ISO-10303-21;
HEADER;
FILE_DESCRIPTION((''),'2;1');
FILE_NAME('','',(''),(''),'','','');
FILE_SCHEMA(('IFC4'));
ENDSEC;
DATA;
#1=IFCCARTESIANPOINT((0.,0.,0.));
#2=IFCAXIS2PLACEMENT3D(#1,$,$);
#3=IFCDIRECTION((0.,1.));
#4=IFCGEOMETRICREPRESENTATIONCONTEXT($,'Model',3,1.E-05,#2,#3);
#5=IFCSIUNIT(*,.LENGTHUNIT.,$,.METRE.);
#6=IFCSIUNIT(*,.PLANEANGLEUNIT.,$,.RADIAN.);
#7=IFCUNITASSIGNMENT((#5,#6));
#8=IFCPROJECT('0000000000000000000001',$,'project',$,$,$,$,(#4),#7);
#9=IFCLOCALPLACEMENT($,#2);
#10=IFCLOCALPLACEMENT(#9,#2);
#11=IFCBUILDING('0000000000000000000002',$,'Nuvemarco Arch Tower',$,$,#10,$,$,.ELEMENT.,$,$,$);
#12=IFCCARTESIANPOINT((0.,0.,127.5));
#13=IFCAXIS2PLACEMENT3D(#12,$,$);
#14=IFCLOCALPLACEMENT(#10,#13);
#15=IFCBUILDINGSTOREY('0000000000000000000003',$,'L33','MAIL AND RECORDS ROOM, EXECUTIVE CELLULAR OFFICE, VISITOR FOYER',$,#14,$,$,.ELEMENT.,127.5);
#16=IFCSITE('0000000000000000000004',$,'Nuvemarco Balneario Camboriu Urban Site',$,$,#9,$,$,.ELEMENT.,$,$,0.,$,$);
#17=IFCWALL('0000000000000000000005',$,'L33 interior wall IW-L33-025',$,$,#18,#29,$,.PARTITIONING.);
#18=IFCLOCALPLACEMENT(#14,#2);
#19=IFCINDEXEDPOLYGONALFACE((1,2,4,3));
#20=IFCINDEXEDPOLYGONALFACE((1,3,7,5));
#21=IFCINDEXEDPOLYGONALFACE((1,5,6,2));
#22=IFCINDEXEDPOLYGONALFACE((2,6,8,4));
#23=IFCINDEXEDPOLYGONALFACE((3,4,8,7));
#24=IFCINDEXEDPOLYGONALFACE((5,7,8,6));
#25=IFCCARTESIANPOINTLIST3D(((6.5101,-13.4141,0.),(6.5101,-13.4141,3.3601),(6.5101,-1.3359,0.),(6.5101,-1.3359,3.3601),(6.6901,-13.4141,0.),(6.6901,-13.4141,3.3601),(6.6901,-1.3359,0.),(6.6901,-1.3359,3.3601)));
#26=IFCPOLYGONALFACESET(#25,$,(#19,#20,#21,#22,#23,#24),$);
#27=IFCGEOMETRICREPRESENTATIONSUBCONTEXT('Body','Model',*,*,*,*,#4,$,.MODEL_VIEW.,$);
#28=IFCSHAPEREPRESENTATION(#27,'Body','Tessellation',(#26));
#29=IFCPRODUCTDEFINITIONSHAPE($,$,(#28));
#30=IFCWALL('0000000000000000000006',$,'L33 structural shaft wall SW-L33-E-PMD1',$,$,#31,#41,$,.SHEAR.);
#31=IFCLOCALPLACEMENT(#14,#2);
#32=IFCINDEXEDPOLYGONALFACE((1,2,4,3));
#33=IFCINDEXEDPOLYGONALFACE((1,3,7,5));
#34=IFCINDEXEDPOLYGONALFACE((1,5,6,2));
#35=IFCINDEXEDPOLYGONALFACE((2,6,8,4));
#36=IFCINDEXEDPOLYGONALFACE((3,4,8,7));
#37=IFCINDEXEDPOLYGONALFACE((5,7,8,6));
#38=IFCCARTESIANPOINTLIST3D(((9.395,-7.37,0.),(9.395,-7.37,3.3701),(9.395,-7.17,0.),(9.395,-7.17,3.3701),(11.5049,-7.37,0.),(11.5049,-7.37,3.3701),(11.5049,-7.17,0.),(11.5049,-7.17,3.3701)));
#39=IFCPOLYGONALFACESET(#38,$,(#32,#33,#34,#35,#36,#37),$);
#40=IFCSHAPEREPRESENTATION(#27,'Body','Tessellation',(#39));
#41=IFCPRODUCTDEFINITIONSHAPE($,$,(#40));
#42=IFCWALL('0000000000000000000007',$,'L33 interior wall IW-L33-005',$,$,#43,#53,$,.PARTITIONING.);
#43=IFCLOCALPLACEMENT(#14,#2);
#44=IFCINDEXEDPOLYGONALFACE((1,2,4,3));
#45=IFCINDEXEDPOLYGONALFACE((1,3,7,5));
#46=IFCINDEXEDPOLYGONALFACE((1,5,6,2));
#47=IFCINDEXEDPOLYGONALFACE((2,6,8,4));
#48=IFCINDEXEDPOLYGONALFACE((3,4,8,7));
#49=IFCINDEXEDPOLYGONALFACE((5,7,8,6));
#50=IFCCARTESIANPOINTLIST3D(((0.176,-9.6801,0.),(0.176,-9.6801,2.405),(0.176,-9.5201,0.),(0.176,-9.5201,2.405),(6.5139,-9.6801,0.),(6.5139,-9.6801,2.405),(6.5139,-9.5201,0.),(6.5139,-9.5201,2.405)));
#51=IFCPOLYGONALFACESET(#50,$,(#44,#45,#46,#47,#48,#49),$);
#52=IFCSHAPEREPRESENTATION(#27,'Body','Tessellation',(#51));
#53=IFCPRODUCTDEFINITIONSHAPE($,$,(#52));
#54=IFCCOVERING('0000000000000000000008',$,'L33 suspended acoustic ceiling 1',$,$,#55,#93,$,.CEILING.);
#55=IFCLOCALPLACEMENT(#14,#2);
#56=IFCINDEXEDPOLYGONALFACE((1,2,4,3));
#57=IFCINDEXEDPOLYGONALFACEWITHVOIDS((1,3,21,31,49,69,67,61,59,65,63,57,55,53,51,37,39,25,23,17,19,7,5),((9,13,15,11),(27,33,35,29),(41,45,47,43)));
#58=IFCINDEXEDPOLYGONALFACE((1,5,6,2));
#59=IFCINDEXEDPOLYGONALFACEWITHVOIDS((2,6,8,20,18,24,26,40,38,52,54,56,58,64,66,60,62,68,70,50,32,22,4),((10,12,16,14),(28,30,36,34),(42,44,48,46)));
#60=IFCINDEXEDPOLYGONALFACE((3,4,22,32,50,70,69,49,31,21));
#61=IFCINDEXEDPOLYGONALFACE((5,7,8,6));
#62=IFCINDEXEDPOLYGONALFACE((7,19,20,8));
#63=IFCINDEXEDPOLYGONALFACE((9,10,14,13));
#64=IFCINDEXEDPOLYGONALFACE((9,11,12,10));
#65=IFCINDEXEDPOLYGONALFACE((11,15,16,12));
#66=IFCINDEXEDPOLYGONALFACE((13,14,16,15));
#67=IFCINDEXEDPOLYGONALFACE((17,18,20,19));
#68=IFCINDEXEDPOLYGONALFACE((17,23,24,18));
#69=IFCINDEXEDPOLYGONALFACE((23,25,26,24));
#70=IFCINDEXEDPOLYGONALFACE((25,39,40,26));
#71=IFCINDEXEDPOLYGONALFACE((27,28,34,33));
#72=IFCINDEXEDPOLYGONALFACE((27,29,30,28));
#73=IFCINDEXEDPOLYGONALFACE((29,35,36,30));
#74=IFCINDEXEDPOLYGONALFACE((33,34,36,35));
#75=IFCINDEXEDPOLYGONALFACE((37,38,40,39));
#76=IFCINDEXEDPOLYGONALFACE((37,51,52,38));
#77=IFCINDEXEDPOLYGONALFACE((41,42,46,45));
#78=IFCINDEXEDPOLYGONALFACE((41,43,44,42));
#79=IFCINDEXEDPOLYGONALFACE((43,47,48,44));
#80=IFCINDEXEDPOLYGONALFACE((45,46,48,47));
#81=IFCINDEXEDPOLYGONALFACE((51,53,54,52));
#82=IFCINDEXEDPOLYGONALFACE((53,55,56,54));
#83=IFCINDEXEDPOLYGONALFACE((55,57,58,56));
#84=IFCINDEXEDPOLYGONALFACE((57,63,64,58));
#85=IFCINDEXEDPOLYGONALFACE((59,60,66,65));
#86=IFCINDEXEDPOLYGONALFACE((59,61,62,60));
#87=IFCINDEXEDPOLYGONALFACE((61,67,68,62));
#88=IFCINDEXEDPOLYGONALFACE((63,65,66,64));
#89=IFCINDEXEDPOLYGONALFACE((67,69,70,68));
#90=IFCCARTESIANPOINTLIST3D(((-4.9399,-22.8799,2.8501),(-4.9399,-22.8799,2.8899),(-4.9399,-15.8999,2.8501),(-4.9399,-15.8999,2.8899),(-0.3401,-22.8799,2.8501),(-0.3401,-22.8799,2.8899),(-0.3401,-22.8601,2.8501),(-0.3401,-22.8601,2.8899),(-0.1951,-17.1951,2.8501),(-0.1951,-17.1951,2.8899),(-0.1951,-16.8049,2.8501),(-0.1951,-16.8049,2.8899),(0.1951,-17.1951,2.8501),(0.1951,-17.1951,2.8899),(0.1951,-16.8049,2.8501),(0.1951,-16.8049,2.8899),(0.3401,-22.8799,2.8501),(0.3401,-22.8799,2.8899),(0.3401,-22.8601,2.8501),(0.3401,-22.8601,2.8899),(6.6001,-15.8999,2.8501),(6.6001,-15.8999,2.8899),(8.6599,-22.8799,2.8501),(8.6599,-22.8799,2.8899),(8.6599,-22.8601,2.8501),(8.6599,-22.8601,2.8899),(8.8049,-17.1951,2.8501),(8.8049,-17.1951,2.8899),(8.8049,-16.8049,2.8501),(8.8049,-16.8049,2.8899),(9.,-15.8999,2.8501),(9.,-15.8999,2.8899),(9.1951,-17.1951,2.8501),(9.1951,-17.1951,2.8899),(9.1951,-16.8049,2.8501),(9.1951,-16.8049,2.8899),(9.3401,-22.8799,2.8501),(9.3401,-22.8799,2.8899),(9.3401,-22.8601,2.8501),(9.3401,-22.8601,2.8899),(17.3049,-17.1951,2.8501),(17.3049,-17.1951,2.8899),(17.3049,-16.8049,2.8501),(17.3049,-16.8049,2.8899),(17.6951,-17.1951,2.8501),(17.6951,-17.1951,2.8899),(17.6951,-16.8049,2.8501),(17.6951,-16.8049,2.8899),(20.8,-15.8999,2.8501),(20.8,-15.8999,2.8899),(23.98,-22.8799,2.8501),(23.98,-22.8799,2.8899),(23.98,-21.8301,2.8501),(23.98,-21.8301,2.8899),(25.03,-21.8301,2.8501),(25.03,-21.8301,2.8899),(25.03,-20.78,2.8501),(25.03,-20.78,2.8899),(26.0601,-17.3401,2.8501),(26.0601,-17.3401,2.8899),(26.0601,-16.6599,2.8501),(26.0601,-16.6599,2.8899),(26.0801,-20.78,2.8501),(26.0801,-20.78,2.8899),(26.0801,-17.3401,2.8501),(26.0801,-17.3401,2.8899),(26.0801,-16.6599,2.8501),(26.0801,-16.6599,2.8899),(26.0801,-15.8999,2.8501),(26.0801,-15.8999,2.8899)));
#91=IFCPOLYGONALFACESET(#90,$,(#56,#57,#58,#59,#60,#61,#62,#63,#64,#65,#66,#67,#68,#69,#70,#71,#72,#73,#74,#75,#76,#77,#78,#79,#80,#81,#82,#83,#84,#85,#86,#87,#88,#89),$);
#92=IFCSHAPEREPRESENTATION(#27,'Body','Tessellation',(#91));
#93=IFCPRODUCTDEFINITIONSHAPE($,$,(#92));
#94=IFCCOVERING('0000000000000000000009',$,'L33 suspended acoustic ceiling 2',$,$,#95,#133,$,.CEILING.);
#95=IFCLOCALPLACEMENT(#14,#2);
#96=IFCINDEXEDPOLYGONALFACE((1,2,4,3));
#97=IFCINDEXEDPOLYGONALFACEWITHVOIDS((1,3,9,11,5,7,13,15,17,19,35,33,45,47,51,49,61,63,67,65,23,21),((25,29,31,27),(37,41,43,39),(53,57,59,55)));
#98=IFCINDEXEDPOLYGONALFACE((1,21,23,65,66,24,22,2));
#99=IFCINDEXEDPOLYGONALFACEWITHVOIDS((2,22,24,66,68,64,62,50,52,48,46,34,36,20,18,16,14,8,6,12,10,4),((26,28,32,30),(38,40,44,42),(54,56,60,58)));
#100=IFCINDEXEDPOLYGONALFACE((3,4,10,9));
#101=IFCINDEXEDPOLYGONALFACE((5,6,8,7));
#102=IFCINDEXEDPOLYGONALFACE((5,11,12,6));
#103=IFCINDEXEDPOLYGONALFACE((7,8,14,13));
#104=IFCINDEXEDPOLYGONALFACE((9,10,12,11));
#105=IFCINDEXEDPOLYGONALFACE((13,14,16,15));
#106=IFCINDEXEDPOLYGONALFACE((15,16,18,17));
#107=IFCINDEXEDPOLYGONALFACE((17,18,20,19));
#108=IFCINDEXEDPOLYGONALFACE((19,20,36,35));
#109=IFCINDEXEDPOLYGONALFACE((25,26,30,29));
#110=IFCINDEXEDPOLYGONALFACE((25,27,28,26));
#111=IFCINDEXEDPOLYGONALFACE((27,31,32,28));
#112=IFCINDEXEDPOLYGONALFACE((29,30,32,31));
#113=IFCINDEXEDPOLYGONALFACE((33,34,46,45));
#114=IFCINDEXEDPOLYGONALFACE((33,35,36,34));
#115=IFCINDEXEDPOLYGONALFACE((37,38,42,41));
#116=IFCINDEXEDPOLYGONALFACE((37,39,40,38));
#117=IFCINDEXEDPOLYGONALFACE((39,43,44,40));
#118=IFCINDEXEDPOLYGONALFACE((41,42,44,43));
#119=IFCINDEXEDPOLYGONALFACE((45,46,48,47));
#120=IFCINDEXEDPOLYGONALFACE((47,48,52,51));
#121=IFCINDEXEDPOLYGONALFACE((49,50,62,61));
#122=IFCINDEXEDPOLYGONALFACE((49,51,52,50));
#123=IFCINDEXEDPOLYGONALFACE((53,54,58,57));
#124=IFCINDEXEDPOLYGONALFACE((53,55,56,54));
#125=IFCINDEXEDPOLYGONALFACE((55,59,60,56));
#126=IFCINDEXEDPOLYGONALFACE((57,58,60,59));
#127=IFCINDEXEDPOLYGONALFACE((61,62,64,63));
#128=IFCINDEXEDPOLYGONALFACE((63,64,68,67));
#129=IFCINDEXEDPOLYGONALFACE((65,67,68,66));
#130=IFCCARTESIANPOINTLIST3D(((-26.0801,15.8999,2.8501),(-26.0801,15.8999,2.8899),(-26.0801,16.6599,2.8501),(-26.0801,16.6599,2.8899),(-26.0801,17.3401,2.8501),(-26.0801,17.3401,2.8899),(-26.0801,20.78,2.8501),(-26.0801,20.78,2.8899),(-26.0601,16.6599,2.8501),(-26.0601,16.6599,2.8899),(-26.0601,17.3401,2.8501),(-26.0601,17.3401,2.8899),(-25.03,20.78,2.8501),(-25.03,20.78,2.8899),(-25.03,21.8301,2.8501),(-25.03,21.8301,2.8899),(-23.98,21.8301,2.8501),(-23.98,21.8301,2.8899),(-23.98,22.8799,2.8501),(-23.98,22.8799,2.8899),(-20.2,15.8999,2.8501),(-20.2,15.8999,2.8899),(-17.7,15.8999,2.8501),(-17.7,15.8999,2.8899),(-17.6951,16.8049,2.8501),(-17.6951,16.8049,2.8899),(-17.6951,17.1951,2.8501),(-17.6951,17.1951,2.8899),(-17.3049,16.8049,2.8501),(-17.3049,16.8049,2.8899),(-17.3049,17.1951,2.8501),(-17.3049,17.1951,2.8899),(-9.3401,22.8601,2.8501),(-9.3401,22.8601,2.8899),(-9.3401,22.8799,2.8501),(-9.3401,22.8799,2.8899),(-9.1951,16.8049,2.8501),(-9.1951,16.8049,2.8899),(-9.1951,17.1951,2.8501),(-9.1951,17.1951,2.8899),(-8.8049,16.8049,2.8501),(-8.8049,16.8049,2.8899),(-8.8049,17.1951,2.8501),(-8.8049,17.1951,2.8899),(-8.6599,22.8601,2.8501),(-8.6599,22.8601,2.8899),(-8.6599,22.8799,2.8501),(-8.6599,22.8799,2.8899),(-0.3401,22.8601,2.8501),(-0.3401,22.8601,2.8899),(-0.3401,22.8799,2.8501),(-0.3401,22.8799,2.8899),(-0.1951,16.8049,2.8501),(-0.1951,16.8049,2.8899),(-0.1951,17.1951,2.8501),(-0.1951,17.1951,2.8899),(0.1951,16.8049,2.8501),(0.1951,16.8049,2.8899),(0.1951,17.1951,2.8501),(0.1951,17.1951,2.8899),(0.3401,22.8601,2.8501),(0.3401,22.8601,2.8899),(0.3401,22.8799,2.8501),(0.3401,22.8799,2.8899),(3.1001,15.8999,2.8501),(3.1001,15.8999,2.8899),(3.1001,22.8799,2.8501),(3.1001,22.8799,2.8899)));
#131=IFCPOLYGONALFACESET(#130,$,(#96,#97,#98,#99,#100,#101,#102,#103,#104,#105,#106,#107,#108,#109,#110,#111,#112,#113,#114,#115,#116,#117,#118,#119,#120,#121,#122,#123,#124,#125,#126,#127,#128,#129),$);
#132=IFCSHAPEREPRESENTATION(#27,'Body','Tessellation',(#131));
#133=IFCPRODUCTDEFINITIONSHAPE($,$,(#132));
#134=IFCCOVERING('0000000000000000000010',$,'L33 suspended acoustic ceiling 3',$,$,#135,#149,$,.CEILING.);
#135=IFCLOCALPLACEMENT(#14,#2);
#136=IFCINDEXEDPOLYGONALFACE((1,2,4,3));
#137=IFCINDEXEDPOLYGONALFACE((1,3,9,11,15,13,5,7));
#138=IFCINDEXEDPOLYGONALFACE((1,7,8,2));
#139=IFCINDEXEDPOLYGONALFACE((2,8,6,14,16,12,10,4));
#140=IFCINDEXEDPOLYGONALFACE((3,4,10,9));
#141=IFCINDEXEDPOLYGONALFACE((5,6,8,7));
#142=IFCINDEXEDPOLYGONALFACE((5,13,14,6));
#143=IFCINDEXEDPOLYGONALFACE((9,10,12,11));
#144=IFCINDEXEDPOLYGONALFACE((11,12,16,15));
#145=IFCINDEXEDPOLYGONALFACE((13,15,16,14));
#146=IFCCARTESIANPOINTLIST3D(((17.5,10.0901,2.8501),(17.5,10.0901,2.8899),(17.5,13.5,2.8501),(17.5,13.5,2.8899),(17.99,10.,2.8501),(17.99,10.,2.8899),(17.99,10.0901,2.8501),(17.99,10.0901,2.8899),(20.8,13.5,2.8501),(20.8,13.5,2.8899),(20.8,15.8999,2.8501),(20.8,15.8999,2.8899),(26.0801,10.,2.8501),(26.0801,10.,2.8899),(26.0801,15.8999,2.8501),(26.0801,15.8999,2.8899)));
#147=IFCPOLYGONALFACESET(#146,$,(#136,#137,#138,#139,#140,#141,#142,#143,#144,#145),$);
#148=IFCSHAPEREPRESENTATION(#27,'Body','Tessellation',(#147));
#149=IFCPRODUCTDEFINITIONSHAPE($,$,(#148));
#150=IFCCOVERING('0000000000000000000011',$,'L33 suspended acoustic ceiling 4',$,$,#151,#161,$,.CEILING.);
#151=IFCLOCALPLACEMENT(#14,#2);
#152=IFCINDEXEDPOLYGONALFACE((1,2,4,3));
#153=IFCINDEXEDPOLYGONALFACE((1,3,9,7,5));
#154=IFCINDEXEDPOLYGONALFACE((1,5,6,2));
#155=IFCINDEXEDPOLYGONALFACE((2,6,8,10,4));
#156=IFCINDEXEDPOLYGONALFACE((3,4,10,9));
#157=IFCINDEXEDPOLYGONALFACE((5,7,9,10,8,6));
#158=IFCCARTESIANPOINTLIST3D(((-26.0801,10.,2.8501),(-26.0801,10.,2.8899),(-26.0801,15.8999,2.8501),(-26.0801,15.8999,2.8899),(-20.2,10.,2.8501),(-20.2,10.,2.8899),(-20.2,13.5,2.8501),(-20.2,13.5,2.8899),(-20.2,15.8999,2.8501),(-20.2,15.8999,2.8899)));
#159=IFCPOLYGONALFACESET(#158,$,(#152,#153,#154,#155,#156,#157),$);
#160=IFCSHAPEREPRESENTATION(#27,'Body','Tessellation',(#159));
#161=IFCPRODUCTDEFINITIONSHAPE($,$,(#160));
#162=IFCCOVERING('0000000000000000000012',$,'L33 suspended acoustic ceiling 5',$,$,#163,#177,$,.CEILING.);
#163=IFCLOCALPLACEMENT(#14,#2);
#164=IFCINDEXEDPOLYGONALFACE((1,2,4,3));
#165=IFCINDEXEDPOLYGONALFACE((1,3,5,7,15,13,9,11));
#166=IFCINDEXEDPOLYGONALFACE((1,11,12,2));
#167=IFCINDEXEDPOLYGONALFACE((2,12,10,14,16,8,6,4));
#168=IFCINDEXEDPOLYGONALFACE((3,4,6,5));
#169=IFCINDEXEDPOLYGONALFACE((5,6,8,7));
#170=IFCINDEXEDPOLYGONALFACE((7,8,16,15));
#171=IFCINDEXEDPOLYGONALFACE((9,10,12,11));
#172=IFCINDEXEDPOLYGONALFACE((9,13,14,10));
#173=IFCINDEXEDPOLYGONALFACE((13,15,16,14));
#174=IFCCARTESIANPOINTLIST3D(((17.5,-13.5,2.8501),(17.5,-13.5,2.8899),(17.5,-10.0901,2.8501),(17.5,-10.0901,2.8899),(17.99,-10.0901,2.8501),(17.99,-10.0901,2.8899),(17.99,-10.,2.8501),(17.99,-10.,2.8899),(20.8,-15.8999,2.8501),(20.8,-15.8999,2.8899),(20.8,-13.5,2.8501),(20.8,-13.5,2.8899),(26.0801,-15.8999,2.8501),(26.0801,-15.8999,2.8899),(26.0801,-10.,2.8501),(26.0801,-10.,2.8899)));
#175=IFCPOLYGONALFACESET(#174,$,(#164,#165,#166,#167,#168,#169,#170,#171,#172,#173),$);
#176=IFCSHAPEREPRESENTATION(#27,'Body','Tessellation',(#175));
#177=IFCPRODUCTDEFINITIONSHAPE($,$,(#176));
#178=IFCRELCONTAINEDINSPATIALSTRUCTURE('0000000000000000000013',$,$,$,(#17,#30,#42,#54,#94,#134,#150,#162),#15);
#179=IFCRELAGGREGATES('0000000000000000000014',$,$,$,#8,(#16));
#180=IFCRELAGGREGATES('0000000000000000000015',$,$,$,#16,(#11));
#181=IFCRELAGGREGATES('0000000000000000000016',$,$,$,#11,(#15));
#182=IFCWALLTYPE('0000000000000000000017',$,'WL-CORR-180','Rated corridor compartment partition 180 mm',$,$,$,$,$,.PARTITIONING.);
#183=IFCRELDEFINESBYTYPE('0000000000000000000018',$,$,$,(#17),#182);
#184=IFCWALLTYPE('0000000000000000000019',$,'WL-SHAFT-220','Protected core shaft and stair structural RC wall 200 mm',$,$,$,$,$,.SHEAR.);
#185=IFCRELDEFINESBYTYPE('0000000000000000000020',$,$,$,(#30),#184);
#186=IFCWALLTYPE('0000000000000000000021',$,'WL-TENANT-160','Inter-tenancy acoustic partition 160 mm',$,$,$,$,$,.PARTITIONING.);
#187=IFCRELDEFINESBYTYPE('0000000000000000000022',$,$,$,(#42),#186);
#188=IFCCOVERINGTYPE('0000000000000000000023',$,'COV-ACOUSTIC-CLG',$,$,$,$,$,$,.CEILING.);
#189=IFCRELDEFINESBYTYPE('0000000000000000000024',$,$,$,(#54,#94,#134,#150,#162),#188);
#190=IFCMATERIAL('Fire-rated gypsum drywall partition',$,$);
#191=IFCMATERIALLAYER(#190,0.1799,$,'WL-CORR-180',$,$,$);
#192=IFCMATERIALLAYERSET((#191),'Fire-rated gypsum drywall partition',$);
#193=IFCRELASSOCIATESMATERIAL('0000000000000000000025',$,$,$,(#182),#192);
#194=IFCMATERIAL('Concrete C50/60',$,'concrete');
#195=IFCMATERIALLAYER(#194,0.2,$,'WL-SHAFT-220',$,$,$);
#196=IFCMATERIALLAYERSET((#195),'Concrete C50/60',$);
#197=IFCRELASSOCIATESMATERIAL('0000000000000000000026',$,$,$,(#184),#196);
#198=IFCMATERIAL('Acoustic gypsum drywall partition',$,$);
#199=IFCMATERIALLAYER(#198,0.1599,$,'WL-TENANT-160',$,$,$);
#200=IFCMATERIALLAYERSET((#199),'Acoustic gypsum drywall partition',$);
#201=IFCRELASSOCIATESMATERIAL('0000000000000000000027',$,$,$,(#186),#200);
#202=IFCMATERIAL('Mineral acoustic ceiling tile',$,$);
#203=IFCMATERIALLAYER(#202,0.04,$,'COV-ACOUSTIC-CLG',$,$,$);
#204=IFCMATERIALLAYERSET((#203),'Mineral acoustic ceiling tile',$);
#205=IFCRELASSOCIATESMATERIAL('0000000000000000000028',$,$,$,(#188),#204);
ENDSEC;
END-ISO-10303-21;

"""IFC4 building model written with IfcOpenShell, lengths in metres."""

from ifc_helpers import new_model, si_unit, direction, frame, frame_2d, origin, place, context, subcontext, project, spatial, polyline, rectangle, outline, extrude, material, layer, layer_set, type_object, element, save


model = new_model("IFC4")

# Units and contexts
model_context = context("Model", 3, precision=1e-05, world=origin(), true_north=direction((0.0, 1.0)))
body_context = subcontext(model_context, "Body", "Model", "MODEL_VIEW")
ifc_project = project(units=[si_unit("LENGTHUNIT", "METRE"), si_unit("PLANEANGLEUNIT", "RADIAN")], contexts=[model_context])

# Site, building, storey
site_placement = place(None, origin())
site = spatial("IfcSite", under=ifc_project, at=site_placement, Name="Nuvemarco Balneario Camboriu Urban Site", CompositionType="ELEMENT", RefElevation=0.0)
building_placement = place(site_placement, origin())
building = spatial("IfcBuilding", under=site, at=building_placement, Name="Nuvemarco Arch Tower", CompositionType="ELEMENT")
storey_placement = place(building_placement, frame((0.0, 0.0, 127.5)))
storey = spatial("IfcBuildingStorey", under=building, at=storey_placement, Name="L33", Description="MAIL AND RECORDS ROOM, EXECUTIVE CELLULAR OFFICE, VISITOR FOYER", CompositionType="ELEMENT", Elevation=127.5)

# Shared definitions
ifc_material_1 = material(Name="Concrete C50/60", Category="concrete")

# Walls
ifc_material_2 = material(Name="Fire-rated gypsum drywall partition")
ifc_layer_1 = layer(ifc_material_2, 0.1799, Name="WL-CORR-180")
ifc_layer_set_1 = layer_set([ifc_layer_1], Name="Fire-rated gypsum drywall partition")
wall_type_1 = type_object("IfcWallType", Name="WL-CORR-180", Description="Rated corridor compartment partition 180 mm", PredefinedType="PARTITIONING", material=ifc_layer_set_1)
wall_1_placement = place(storey_placement, frame((6.6001, -13.4141, 0.0), z_axis=(0.0, 0.0, 1.0), x_axis=(0.0, 1.0, 0.0)))
element("IfcWall", 1, at=wall_1_placement, inside=storey, type_object=wall_type_1, Name="L33 interior wall IW-L33-025", PredefinedType="PARTITIONING", context=body_context, shape_type="SweptSolid", body=[
    extrude(rectangle(XDim=12.0781, YDim=0.1799, at=frame_2d((6.0391, 0.0))), origin(), (0.0, 0.0, 1.0), 3.3601),
])
ifc_layer_2 = layer(ifc_material_1, 0.2, Name="WL-SHAFT-220")
ifc_layer_set_2 = layer_set([ifc_layer_2], Name="Concrete C50/60")
wall_type_2 = type_object("IfcWallType", Name="WL-SHAFT-220", Description="Protected core shaft and stair structural RC wall 200 mm", PredefinedType="SHEAR", material=ifc_layer_set_2)
wall_2_placement = place(storey_placement, frame((9.395, -7.27, 0.0), z_axis=(0.0, 0.0, 1.0), x_axis=(1.0, 0.0, 0.0)))
element("IfcWall", 2, at=wall_2_placement, inside=storey, type_object=wall_type_2, Name="L33 structural shaft wall SW-L33-E-PMD1", PredefinedType="SHEAR", context=body_context, shape_type="SweptSolid", body=[
    extrude(rectangle(XDim=2.1099, YDim=0.2, at=frame_2d((1.0549, 0.0))), origin(), (0.0, 0.0, 1.0), 3.3701),
])
ifc_material_3 = material(Name="Acoustic gypsum drywall partition")
ifc_layer_3 = layer(ifc_material_3, 0.1599, Name="WL-TENANT-160")
ifc_layer_set_3 = layer_set([ifc_layer_3], Name="Acoustic gypsum drywall partition")
wall_type_3 = type_object("IfcWallType", Name="WL-TENANT-160", Description="Inter-tenancy acoustic partition 160 mm", PredefinedType="PARTITIONING", material=ifc_layer_set_3)
wall_3_placement = place(storey_placement, frame((0.176, -9.6001, 0.0), z_axis=(0.0, 0.0, 1.0), x_axis=(1.0, 0.0, 0.0)))
element("IfcWall", 3, at=wall_3_placement, inside=storey, type_object=wall_type_3, Name="L33 interior wall IW-L33-005", PredefinedType="PARTITIONING", context=body_context, shape_type="SweptSolid", body=[
    extrude(rectangle(XDim=6.3379, YDim=0.1599, at=frame_2d((3.1689, 0.0))), origin(), (0.0, 0.0, 1.0), 2.405),
])

# Coverings
ifc_material_4 = material(Name="Mineral acoustic ceiling tile")
ifc_layer_4 = layer(ifc_material_4, 0.04, Name="COV-ACOUSTIC-CLG")
ifc_layer_set_4 = layer_set([ifc_layer_4], Name="Mineral acoustic ceiling tile")
covering_type = type_object("IfcCoveringType", Name="COV-ACOUSTIC-CLG", PredefinedType="CEILING", material=ifc_layer_set_4)
covering_1_placement = place(storey_placement, frame((0.0, 0.0, 2.8501)))
element("IfcCovering", 4, at=covering_1_placement, inside=storey, type_object=covering_type, Name="L33 suspended acoustic ceiling 1", PredefinedType="CEILING", context=body_context, shape_type="SweptSolid", body=[
    extrude(outline(polyline([(23.98, -22.8799), (9.3401, -22.8799), (9.3401, -22.8601), (8.6599, -22.8601), (8.6599, -22.8799), (0.3401, -22.8799), (0.3401, -22.8601), (-0.3401, -22.8601), (-0.3401, -22.8799), (-4.9399, -22.8799), (-4.9399, -15.8999), (6.6001, -15.8999), (9.0, -15.8999), (20.8, -15.8999), (26.0801, -15.8999), (26.0801, -16.6599), (26.0601, -16.6599), (26.0601, -17.3401), (26.0801, -17.3401), (26.0801, -20.78), (25.03, -20.78), (25.03, -21.8301), (23.98, -21.8301), (23.98, -22.8799)]), holes=[polyline([(0.1951, -17.1951), (0.1951, -16.8049), (-0.1951, -16.8049), (-0.1951, -17.1951), (0.1951, -17.1951)]), polyline([(9.1951, -17.1951), (9.1951, -16.8049), (8.8049, -16.8049), (8.8049, -17.1951), (9.1951, -17.1951)]), polyline([(17.6951, -17.1951), (17.6951, -16.8049), (17.3049, -16.8049), (17.3049, -17.1951), (17.6951, -17.1951)])]), origin(), (0.0, 0.0, 1.0), 0.0398),
])
covering_2_placement = place(storey_placement, frame((0.0, 0.0, 2.8501)))
element("IfcCovering", 5, at=covering_2_placement, inside=storey, type_object=covering_type, Name="L33 suspended acoustic ceiling 2", PredefinedType="CEILING", context=body_context, shape_type="SweptSolid", body=[
    extrude(outline(polyline([(-26.0601, 16.6599), (-26.0601, 17.3401), (-26.0801, 17.3401), (-26.0801, 20.78), (-25.03, 20.78), (-25.03, 21.8301), (-23.98, 21.8301), (-23.98, 22.8799), (-9.3401, 22.8799), (-9.3401, 22.8601), (-8.6599, 22.8601), (-8.6599, 22.8799), (-0.3401, 22.8799), (-0.3401, 22.8601), (0.3401, 22.8601), (0.3401, 22.8799), (3.1001, 22.8799), (3.1001, 15.8999), (-17.7, 15.8999), (-20.2, 15.8999), (-26.0801, 15.8999), (-26.0801, 16.6599), (-26.0601, 16.6599)]), holes=[polyline([(-17.3049, 16.8049), (-17.3049, 17.1951), (-17.6951, 17.1951), (-17.6951, 16.8049), (-17.3049, 16.8049)]), polyline([(-8.8049, 16.8049), (-8.8049, 17.1951), (-9.1951, 17.1951), (-9.1951, 16.8049), (-8.8049, 16.8049)]), polyline([(0.1951, 16.8049), (0.1951, 17.1951), (-0.1951, 17.1951), (-0.1951, 16.8049), (0.1951, 16.8049)])]), origin(), (0.0, 0.0, 1.0), 0.0398),
])
covering_3_placement = place(storey_placement, frame((0.0, 0.0, 2.8501)))
element("IfcCovering", 6, at=covering_3_placement, inside=storey, type_object=covering_type, Name="L33 suspended acoustic ceiling 3", PredefinedType="CEILING", context=body_context, shape_type="SweptSolid", body=[
    extrude(outline(polyline([(17.99, 10.0901), (17.5, 10.0901), (17.5, 13.5), (20.8, 13.5), (20.8, 15.8999), (26.0801, 15.8999), (26.0801, 10.0), (17.99, 10.0), (17.99, 10.0901)])), origin(), (0.0, 0.0, 1.0), 0.0398),
])
covering_4_placement = place(storey_placement, frame((0.0, 0.0, 2.8501)))
element("IfcCovering", 7, at=covering_4_placement, inside=storey, type_object=covering_type, Name="L33 suspended acoustic ceiling 4", PredefinedType="CEILING", context=body_context, shape_type="SweptSolid", body=[
    extrude(outline(polyline([(-26.0801, 15.8999), (-20.2, 15.8999), (-20.2, 13.5), (-20.2, 10.0), (-26.0801, 10.0), (-26.0801, 15.8999)])), origin(), (0.0, 0.0, 1.0), 0.0398),
])
covering_5_placement = place(storey_placement, frame((0.0, 0.0, 2.8501)))
element("IfcCovering", 8, at=covering_5_placement, inside=storey, type_object=covering_type, Name="L33 suspended acoustic ceiling 5", PredefinedType="CEILING", context=body_context, shape_type="SweptSolid", body=[
    extrude(outline(polyline([(17.5, -10.0901), (17.99, -10.0901), (17.99, -10.0), (26.0801, -10.0), (26.0801, -15.8999), (20.8, -15.8999), (20.8, -13.5), (17.5, -13.5), (17.5, -10.0901)])), origin(), (0.0, 0.0, 1.0), 0.0398),
])

save(model, "model.ifc")
